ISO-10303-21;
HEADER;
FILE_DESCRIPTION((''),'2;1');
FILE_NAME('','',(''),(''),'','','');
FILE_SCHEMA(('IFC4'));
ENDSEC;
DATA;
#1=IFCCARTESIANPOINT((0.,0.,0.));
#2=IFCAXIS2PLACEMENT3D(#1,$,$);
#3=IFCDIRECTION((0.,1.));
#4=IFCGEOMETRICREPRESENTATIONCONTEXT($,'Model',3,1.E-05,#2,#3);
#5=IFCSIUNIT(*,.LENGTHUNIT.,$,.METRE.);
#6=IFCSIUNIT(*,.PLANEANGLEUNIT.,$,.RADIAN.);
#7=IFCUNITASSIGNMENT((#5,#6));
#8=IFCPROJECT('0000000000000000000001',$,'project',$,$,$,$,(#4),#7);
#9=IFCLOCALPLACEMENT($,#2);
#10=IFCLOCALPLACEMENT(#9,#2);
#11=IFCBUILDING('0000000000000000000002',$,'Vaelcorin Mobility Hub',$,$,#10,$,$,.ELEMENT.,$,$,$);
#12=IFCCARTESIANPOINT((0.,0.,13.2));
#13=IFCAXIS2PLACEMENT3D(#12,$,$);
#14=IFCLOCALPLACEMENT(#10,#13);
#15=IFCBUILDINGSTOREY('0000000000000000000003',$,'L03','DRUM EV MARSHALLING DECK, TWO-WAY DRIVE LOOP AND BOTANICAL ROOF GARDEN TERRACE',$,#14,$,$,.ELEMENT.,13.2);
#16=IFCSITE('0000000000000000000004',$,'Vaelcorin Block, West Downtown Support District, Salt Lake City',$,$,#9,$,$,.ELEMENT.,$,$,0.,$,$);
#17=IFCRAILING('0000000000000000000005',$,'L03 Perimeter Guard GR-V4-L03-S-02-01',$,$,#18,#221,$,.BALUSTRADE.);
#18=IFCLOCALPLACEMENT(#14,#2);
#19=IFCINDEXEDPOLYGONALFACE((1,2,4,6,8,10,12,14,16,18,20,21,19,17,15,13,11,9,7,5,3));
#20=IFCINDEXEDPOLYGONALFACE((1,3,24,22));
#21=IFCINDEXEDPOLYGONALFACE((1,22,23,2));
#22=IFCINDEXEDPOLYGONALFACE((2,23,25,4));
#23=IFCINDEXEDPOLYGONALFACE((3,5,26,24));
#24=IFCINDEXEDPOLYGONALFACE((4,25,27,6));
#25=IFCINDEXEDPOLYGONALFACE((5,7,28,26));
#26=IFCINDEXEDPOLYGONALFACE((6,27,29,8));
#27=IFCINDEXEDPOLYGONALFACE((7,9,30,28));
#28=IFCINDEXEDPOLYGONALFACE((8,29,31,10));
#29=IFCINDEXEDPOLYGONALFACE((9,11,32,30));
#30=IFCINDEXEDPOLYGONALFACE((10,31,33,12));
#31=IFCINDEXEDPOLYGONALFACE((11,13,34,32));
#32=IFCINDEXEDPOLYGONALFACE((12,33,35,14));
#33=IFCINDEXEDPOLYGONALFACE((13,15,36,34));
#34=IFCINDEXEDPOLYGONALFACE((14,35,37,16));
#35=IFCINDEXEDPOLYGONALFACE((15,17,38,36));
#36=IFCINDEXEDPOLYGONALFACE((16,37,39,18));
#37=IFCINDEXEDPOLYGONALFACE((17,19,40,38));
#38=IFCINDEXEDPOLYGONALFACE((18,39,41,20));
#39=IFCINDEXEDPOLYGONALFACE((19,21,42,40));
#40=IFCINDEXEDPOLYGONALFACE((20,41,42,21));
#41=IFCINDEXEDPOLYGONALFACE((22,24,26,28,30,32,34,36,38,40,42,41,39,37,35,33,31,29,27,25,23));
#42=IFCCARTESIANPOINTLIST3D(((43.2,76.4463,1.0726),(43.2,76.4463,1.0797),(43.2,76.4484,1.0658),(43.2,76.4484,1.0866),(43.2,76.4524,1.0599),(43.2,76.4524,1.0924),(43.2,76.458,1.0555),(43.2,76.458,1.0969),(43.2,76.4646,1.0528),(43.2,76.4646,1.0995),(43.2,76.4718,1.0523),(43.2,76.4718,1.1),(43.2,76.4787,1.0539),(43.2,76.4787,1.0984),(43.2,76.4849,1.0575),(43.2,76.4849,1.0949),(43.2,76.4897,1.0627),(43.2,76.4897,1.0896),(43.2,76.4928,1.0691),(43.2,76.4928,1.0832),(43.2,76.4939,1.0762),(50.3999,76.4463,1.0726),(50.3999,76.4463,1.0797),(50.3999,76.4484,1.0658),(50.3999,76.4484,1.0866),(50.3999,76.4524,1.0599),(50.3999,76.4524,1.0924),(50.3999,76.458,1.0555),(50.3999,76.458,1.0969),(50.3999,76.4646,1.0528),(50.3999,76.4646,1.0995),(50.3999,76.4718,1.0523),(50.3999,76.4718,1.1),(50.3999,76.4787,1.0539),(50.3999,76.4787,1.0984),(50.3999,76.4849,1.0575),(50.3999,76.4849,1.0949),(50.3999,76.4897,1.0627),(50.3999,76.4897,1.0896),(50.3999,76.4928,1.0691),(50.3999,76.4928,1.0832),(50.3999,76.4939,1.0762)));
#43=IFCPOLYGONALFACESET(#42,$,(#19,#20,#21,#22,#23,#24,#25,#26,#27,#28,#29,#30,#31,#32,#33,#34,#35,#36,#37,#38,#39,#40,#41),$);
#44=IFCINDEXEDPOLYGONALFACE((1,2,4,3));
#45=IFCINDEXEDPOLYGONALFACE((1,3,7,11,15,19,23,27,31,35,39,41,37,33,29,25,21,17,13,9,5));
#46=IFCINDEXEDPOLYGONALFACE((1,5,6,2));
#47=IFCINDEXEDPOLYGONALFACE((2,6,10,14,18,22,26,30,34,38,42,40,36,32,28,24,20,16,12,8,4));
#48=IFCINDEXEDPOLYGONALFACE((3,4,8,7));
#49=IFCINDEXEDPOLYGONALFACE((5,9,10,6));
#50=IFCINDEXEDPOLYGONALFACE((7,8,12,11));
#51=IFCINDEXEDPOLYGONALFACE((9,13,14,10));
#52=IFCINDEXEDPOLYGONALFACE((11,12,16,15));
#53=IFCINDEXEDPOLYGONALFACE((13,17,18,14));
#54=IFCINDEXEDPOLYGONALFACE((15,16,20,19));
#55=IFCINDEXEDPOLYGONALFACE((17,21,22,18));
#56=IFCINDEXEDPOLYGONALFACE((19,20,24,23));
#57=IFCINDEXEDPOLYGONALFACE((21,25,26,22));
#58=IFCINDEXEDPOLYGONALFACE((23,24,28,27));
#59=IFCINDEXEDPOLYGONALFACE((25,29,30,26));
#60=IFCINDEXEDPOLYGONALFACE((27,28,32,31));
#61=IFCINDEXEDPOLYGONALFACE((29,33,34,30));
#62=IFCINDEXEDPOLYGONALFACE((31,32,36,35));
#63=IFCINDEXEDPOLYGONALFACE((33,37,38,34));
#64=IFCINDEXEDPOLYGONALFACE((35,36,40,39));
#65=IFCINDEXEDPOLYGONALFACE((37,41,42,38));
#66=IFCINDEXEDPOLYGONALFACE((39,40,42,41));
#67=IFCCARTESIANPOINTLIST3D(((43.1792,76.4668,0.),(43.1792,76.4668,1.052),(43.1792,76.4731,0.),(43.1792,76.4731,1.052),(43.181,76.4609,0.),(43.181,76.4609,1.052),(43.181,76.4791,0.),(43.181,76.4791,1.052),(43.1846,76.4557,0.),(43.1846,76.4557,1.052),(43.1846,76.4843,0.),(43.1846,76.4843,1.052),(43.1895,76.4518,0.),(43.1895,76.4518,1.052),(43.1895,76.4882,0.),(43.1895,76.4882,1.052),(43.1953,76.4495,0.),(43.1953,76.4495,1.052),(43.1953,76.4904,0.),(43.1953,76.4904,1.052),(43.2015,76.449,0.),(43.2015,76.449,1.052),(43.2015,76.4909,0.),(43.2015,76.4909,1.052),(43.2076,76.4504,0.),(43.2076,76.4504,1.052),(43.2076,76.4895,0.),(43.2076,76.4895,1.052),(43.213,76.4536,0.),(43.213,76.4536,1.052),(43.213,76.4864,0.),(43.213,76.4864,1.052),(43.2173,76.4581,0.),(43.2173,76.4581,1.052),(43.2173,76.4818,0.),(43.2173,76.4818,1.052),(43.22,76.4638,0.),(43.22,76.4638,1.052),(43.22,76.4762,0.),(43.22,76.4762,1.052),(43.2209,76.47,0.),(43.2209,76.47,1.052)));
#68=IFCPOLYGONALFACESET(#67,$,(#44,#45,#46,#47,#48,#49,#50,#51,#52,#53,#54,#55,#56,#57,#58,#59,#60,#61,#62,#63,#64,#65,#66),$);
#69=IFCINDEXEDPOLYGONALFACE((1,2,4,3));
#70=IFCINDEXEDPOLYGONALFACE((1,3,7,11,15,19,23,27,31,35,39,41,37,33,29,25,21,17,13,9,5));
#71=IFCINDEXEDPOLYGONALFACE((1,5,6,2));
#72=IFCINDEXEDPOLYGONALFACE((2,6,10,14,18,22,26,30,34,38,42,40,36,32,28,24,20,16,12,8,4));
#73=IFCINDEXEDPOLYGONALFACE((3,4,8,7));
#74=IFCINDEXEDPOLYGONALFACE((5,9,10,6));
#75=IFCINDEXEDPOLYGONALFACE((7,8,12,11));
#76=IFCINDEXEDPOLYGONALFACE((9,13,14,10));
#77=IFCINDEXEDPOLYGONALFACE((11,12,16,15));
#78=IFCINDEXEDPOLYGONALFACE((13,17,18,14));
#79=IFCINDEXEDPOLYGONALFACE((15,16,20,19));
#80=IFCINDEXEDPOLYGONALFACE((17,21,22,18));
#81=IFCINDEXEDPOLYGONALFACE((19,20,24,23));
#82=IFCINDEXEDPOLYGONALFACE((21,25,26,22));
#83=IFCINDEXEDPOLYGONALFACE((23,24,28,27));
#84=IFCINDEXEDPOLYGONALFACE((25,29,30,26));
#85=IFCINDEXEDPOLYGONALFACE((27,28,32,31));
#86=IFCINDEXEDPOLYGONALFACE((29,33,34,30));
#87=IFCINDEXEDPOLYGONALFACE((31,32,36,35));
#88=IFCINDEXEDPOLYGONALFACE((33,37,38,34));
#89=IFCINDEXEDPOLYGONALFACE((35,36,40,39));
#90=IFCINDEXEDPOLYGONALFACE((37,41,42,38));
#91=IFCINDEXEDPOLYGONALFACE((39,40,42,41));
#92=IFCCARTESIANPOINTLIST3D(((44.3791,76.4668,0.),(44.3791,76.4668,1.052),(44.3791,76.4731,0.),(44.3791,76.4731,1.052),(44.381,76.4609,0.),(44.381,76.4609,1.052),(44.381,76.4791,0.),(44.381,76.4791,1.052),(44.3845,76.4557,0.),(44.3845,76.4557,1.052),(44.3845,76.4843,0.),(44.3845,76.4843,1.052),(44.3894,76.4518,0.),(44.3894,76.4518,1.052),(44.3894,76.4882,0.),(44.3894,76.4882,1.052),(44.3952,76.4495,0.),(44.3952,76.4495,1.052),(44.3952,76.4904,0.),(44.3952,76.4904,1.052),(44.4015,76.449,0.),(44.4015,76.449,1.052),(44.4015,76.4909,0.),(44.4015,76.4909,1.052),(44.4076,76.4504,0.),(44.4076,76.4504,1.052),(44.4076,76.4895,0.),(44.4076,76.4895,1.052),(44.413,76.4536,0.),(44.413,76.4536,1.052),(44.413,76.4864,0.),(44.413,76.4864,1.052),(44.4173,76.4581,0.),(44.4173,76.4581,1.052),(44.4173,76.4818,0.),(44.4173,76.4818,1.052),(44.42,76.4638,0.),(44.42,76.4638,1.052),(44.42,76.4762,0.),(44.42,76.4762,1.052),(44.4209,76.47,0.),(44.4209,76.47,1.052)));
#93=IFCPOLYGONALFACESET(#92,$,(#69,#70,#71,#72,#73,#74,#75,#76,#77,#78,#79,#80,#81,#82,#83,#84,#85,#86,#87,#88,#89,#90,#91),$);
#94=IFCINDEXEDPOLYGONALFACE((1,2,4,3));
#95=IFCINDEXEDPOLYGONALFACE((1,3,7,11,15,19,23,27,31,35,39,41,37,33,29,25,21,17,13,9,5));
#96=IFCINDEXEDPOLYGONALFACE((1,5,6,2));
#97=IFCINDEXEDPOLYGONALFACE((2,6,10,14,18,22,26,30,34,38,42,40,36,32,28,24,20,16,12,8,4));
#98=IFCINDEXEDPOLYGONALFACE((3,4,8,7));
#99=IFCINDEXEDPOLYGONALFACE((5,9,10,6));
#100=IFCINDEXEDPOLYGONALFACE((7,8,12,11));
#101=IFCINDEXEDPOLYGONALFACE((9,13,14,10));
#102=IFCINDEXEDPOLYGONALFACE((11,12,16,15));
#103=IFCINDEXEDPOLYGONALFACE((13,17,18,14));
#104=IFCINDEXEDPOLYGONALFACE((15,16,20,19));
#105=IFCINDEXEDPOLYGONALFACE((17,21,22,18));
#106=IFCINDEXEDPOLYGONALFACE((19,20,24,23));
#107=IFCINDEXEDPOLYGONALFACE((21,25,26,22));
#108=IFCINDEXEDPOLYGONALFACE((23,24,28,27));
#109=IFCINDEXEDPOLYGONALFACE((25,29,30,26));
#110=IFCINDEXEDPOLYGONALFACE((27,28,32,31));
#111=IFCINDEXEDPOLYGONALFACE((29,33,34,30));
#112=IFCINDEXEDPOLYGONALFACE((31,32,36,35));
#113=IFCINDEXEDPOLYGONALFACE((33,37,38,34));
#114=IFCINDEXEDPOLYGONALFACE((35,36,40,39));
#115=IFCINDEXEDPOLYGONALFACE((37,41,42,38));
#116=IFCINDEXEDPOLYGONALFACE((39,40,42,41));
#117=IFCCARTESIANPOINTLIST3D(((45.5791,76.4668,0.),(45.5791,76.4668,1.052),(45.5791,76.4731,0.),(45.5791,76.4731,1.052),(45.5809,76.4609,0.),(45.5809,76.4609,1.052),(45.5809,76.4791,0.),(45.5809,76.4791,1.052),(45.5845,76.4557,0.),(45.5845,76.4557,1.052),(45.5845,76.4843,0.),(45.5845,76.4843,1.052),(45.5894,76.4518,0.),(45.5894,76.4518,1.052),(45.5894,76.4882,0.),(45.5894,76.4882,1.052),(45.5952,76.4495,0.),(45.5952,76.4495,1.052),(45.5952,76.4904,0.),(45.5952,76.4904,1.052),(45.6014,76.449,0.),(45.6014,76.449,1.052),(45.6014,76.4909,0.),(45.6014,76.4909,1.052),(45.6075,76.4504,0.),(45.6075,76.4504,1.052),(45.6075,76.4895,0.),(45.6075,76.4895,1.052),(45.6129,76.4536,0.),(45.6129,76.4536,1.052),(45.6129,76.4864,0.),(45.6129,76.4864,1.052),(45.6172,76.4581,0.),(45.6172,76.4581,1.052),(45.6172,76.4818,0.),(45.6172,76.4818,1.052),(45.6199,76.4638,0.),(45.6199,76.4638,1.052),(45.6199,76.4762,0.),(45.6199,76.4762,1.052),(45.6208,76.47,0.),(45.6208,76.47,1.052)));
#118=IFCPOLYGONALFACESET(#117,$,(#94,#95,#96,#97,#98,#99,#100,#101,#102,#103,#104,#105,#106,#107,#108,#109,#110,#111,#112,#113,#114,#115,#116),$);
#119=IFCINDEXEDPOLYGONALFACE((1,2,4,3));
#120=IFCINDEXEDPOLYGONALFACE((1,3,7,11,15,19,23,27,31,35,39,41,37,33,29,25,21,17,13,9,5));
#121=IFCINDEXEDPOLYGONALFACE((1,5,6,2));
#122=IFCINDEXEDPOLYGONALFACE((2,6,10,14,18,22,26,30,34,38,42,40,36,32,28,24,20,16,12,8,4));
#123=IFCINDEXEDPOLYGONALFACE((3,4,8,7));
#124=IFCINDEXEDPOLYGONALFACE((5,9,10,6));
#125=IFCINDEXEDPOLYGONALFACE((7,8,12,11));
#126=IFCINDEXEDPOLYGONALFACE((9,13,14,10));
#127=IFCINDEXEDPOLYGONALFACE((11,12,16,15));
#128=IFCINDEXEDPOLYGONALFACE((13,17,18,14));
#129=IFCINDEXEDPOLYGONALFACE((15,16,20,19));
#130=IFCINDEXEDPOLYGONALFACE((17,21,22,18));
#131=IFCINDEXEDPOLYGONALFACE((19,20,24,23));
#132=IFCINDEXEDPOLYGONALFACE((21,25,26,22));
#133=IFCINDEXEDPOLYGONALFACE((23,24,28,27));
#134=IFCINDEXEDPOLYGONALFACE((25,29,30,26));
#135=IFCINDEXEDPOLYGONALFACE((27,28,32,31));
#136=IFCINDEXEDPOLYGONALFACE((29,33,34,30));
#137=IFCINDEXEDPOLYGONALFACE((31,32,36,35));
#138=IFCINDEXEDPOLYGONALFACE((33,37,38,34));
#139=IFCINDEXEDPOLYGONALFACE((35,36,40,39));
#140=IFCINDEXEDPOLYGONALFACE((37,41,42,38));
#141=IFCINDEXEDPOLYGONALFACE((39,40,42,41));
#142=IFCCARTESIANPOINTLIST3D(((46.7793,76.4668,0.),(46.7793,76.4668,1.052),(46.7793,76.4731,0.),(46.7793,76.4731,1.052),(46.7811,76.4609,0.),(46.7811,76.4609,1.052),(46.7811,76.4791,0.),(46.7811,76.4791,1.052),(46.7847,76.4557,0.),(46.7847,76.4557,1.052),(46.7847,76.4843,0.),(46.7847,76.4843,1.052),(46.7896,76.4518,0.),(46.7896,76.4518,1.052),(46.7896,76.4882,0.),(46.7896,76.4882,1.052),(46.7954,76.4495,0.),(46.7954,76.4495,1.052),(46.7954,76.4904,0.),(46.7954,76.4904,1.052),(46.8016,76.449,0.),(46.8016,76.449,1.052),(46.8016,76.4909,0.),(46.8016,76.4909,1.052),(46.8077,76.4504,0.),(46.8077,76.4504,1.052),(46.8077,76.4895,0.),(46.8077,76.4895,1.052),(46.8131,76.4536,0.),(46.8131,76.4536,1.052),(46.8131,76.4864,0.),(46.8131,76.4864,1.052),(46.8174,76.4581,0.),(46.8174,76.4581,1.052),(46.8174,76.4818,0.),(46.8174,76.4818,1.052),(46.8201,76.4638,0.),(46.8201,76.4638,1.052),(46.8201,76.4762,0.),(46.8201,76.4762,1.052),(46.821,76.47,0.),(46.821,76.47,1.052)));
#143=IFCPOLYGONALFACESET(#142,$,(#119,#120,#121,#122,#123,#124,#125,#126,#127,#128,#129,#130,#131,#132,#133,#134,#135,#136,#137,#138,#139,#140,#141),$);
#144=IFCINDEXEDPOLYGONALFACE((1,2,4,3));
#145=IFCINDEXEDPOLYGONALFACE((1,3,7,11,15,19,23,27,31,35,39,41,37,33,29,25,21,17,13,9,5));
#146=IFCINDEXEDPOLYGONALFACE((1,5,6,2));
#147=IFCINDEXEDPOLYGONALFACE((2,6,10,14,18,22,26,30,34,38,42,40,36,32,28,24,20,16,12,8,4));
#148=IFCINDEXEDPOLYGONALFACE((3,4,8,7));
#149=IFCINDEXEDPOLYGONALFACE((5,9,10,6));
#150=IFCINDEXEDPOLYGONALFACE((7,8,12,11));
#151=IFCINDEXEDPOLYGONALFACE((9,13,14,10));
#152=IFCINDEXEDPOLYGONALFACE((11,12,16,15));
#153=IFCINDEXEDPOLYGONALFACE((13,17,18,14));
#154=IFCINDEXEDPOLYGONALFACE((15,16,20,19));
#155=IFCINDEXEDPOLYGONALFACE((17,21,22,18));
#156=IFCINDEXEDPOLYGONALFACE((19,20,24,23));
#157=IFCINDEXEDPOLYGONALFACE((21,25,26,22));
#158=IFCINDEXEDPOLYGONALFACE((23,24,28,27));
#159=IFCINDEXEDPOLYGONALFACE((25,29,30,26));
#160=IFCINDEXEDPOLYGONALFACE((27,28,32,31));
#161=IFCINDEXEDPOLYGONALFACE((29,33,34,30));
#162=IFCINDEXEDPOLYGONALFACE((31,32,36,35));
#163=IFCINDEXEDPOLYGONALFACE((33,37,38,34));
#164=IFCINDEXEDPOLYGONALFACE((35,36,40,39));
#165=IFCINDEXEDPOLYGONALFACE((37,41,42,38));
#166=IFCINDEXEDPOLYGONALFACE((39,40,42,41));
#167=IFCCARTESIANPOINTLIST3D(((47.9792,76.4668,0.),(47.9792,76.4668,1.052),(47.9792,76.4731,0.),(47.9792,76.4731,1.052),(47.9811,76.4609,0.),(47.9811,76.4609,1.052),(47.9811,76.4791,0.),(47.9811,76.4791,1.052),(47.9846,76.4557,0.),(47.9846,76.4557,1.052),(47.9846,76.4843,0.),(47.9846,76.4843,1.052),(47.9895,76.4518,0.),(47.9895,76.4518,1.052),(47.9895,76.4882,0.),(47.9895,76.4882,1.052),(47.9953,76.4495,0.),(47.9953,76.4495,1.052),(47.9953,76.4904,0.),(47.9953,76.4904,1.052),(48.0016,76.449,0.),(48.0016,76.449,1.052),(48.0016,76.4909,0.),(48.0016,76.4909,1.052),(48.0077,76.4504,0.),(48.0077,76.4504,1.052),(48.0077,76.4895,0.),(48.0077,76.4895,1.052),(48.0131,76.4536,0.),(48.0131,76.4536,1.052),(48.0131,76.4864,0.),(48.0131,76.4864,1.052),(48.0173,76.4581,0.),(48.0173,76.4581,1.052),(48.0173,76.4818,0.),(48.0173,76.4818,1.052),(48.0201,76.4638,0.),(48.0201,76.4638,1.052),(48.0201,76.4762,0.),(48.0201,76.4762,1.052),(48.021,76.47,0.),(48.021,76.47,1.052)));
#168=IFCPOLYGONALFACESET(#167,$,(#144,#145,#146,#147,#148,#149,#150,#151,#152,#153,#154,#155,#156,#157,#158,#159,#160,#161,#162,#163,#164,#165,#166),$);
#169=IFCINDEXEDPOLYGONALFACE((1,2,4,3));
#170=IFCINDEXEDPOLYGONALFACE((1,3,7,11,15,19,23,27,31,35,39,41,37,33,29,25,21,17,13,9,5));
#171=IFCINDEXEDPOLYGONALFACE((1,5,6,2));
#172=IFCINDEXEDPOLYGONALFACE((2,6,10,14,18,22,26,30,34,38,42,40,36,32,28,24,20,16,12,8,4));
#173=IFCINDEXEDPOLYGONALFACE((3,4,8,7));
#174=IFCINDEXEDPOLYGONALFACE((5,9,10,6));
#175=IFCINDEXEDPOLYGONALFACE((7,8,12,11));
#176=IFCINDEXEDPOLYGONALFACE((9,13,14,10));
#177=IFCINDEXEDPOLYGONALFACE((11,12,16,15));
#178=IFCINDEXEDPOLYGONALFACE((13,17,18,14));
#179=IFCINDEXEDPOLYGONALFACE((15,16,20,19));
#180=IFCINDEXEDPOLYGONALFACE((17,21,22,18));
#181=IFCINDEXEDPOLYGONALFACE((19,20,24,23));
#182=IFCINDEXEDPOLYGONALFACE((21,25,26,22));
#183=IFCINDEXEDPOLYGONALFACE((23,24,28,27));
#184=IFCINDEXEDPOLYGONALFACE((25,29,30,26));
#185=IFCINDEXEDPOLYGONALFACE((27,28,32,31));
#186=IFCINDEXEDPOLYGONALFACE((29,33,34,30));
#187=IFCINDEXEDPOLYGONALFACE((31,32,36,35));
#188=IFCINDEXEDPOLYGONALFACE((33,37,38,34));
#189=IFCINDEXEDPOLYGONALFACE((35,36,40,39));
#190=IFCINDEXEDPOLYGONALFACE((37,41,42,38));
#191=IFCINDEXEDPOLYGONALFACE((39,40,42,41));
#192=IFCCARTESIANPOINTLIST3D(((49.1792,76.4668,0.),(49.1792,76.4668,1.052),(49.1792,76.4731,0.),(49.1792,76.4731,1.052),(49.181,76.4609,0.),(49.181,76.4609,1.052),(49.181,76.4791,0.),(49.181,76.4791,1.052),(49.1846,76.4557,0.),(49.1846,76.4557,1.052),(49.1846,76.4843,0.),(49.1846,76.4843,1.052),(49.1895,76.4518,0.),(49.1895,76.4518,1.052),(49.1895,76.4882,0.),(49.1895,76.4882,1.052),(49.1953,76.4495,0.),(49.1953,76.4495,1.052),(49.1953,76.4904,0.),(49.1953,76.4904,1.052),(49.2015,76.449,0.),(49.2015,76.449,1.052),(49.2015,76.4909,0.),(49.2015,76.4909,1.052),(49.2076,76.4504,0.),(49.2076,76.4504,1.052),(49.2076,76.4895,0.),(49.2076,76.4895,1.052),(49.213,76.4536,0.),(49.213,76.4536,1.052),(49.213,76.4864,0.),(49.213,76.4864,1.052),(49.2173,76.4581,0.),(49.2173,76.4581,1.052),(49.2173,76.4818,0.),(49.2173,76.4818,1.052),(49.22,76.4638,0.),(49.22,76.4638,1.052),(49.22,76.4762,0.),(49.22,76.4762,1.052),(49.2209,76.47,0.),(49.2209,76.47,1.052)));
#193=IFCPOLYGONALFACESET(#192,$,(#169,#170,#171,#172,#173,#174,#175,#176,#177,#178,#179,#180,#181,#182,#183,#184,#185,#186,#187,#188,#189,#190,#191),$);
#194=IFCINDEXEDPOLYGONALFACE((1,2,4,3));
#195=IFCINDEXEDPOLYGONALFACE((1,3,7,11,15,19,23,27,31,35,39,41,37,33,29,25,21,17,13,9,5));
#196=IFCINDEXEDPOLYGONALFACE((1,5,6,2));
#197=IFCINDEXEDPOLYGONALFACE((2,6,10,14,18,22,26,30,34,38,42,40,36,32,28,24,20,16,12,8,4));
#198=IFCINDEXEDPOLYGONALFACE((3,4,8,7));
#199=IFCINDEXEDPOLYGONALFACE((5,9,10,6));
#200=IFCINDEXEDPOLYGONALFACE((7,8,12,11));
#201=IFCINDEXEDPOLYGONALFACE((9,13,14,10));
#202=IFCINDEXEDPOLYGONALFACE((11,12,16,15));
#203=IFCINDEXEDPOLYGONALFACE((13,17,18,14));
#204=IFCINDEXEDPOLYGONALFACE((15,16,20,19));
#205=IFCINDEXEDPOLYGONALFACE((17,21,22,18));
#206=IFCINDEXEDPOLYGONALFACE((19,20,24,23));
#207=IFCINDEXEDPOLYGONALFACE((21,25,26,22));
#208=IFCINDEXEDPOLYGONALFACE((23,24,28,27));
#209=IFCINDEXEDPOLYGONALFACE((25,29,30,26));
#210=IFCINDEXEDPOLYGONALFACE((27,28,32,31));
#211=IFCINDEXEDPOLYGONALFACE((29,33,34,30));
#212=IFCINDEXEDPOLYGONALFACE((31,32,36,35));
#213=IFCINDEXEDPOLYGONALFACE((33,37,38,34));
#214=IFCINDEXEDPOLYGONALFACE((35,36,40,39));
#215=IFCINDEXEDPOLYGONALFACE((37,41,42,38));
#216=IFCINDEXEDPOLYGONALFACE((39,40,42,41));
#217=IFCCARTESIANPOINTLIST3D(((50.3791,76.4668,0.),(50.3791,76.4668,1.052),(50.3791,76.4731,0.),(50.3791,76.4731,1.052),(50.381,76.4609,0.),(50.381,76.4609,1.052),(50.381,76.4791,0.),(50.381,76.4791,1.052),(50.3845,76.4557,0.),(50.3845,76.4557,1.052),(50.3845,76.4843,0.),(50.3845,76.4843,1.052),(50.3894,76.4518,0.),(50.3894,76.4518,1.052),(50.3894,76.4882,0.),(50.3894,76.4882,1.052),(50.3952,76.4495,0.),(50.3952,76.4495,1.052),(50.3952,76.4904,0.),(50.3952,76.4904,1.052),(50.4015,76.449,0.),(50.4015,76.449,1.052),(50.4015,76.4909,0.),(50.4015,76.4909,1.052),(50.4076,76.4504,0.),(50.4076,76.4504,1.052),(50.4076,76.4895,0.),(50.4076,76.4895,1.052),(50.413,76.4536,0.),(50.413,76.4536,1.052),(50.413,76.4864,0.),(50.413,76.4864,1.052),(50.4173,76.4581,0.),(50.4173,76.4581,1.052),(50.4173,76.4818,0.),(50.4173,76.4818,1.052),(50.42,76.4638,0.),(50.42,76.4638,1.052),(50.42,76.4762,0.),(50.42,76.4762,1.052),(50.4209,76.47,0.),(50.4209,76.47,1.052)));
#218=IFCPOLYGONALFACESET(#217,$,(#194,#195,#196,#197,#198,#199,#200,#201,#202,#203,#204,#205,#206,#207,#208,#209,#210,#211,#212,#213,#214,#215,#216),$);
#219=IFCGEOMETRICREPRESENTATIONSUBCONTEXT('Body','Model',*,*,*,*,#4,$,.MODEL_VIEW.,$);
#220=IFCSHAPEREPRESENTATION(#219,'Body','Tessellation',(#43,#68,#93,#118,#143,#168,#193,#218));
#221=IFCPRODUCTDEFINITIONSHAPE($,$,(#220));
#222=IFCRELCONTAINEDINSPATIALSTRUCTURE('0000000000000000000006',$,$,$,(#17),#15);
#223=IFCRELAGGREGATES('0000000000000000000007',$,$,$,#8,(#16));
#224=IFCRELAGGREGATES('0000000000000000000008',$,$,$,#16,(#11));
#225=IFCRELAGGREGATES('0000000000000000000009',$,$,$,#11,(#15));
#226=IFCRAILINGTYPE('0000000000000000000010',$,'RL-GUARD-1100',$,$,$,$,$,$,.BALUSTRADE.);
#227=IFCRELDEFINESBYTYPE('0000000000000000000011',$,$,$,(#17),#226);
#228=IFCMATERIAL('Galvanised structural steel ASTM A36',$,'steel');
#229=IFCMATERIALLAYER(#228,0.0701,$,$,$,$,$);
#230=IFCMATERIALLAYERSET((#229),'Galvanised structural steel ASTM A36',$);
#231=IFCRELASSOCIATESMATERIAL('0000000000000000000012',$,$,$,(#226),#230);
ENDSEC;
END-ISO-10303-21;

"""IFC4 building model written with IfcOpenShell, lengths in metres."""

from ifc_helpers import new_model, si_unit, direction, frame, origin, origin_2d, place, context, subcontext, project, spatial, circle, extrude, material, layer, layer_set, type_object, element, save


model = new_model("IFC4")

# Units and contexts
model_context = context("Model", 3, precision=1e-05, world=origin(), true_north=direction((0.0, 1.0)))
body_context = subcontext(model_context, "Body", "Model", "MODEL_VIEW")
ifc_project = project(units=[si_unit("LENGTHUNIT", "METRE"), si_unit("PLANEANGLEUNIT", "RADIAN")], contexts=[model_context])

# Site, building, storey
site_placement = place(None, origin())
site = spatial("IfcSite", under=ifc_project, at=site_placement, Name="Vaelcorin Block, West Downtown Support District, Salt Lake City", CompositionType="ELEMENT", RefElevation=0.0)
building_placement = place(site_placement, origin())
building = spatial("IfcBuilding", under=site, at=building_placement, Name="Vaelcorin Mobility Hub", CompositionType="ELEMENT")
storey_placement = place(building_placement, frame((0.0, 0.0, 13.2)))
storey = spatial("IfcBuildingStorey", under=building, at=storey_placement, Name="L03", Description="DRUM EV MARSHALLING DECK, TWO-WAY DRIVE LOOP AND BOTANICAL ROOF GARDEN TERRACE", CompositionType="ELEMENT", Elevation=13.2)

# Railing
ifc_material_1 = material(Name="Galvanised structural steel ASTM A36", Category="steel")
ifc_layer_1 = layer(ifc_material_1, 0.0701)
ifc_layer_set_1 = layer_set([ifc_layer_1], Name="Galvanised structural steel ASTM A36")
railing_type = type_object("IfcRailingType", Name="RL-GUARD-1100", PredefinedType="BALUSTRADE", material=ifc_layer_set_1)
railing_1_placement = place(storey_placement, frame((43.2, 76.47, 0.0)))
element("IfcRailing", 1, at=railing_1_placement, inside=storey, type_object=railing_type, Name="L03 Perimeter Guard GR-V4-L03-S-02-01", PredefinedType="BALUSTRADE", context=body_context, shape_type="SweptSolid", body=[
    extrude(circle(Radius=0.0239, at=origin_2d()), frame((0.0, 0.0, 1.0762), z_axis=(1.0, 0.0, 0.0), x_axis=(0.0, 1.0, 0.0)), (0.0, 0.0, 1.0), 7.2),
    extrude(circle(Radius=0.021, at=origin_2d()), origin(), (0.0, 0.0, 1.0), 1.052),
    extrude(circle(Radius=0.021, at=origin_2d()), frame((1.2, 0.0, 0.0)), (0.0, 0.0, 1.0), 1.052),
    extrude(circle(Radius=0.021, at=origin_2d()), frame((2.3999, 0.0, 0.0)), (0.0, 0.0, 1.0), 1.052),
    extrude(circle(Radius=0.021, at=origin_2d()), frame((3.6001, 0.0, 0.0)), (0.0, 0.0, 1.0), 1.052),
    extrude(circle(Radius=0.021, at=origin_2d()), frame((4.8, 0.0, 0.0)), (0.0, 0.0, 1.0), 1.052),
    extrude(circle(Radius=0.021, at=origin_2d()), frame((6.0, 0.0, 0.0)), (0.0, 0.0, 1.0), 1.052),
    extrude(circle(Radius=0.021, at=origin_2d()), frame((7.2, 0.0, 0.0)), (0.0, 0.0, 1.0), 1.052),
])

save(model, "model.ifc")
